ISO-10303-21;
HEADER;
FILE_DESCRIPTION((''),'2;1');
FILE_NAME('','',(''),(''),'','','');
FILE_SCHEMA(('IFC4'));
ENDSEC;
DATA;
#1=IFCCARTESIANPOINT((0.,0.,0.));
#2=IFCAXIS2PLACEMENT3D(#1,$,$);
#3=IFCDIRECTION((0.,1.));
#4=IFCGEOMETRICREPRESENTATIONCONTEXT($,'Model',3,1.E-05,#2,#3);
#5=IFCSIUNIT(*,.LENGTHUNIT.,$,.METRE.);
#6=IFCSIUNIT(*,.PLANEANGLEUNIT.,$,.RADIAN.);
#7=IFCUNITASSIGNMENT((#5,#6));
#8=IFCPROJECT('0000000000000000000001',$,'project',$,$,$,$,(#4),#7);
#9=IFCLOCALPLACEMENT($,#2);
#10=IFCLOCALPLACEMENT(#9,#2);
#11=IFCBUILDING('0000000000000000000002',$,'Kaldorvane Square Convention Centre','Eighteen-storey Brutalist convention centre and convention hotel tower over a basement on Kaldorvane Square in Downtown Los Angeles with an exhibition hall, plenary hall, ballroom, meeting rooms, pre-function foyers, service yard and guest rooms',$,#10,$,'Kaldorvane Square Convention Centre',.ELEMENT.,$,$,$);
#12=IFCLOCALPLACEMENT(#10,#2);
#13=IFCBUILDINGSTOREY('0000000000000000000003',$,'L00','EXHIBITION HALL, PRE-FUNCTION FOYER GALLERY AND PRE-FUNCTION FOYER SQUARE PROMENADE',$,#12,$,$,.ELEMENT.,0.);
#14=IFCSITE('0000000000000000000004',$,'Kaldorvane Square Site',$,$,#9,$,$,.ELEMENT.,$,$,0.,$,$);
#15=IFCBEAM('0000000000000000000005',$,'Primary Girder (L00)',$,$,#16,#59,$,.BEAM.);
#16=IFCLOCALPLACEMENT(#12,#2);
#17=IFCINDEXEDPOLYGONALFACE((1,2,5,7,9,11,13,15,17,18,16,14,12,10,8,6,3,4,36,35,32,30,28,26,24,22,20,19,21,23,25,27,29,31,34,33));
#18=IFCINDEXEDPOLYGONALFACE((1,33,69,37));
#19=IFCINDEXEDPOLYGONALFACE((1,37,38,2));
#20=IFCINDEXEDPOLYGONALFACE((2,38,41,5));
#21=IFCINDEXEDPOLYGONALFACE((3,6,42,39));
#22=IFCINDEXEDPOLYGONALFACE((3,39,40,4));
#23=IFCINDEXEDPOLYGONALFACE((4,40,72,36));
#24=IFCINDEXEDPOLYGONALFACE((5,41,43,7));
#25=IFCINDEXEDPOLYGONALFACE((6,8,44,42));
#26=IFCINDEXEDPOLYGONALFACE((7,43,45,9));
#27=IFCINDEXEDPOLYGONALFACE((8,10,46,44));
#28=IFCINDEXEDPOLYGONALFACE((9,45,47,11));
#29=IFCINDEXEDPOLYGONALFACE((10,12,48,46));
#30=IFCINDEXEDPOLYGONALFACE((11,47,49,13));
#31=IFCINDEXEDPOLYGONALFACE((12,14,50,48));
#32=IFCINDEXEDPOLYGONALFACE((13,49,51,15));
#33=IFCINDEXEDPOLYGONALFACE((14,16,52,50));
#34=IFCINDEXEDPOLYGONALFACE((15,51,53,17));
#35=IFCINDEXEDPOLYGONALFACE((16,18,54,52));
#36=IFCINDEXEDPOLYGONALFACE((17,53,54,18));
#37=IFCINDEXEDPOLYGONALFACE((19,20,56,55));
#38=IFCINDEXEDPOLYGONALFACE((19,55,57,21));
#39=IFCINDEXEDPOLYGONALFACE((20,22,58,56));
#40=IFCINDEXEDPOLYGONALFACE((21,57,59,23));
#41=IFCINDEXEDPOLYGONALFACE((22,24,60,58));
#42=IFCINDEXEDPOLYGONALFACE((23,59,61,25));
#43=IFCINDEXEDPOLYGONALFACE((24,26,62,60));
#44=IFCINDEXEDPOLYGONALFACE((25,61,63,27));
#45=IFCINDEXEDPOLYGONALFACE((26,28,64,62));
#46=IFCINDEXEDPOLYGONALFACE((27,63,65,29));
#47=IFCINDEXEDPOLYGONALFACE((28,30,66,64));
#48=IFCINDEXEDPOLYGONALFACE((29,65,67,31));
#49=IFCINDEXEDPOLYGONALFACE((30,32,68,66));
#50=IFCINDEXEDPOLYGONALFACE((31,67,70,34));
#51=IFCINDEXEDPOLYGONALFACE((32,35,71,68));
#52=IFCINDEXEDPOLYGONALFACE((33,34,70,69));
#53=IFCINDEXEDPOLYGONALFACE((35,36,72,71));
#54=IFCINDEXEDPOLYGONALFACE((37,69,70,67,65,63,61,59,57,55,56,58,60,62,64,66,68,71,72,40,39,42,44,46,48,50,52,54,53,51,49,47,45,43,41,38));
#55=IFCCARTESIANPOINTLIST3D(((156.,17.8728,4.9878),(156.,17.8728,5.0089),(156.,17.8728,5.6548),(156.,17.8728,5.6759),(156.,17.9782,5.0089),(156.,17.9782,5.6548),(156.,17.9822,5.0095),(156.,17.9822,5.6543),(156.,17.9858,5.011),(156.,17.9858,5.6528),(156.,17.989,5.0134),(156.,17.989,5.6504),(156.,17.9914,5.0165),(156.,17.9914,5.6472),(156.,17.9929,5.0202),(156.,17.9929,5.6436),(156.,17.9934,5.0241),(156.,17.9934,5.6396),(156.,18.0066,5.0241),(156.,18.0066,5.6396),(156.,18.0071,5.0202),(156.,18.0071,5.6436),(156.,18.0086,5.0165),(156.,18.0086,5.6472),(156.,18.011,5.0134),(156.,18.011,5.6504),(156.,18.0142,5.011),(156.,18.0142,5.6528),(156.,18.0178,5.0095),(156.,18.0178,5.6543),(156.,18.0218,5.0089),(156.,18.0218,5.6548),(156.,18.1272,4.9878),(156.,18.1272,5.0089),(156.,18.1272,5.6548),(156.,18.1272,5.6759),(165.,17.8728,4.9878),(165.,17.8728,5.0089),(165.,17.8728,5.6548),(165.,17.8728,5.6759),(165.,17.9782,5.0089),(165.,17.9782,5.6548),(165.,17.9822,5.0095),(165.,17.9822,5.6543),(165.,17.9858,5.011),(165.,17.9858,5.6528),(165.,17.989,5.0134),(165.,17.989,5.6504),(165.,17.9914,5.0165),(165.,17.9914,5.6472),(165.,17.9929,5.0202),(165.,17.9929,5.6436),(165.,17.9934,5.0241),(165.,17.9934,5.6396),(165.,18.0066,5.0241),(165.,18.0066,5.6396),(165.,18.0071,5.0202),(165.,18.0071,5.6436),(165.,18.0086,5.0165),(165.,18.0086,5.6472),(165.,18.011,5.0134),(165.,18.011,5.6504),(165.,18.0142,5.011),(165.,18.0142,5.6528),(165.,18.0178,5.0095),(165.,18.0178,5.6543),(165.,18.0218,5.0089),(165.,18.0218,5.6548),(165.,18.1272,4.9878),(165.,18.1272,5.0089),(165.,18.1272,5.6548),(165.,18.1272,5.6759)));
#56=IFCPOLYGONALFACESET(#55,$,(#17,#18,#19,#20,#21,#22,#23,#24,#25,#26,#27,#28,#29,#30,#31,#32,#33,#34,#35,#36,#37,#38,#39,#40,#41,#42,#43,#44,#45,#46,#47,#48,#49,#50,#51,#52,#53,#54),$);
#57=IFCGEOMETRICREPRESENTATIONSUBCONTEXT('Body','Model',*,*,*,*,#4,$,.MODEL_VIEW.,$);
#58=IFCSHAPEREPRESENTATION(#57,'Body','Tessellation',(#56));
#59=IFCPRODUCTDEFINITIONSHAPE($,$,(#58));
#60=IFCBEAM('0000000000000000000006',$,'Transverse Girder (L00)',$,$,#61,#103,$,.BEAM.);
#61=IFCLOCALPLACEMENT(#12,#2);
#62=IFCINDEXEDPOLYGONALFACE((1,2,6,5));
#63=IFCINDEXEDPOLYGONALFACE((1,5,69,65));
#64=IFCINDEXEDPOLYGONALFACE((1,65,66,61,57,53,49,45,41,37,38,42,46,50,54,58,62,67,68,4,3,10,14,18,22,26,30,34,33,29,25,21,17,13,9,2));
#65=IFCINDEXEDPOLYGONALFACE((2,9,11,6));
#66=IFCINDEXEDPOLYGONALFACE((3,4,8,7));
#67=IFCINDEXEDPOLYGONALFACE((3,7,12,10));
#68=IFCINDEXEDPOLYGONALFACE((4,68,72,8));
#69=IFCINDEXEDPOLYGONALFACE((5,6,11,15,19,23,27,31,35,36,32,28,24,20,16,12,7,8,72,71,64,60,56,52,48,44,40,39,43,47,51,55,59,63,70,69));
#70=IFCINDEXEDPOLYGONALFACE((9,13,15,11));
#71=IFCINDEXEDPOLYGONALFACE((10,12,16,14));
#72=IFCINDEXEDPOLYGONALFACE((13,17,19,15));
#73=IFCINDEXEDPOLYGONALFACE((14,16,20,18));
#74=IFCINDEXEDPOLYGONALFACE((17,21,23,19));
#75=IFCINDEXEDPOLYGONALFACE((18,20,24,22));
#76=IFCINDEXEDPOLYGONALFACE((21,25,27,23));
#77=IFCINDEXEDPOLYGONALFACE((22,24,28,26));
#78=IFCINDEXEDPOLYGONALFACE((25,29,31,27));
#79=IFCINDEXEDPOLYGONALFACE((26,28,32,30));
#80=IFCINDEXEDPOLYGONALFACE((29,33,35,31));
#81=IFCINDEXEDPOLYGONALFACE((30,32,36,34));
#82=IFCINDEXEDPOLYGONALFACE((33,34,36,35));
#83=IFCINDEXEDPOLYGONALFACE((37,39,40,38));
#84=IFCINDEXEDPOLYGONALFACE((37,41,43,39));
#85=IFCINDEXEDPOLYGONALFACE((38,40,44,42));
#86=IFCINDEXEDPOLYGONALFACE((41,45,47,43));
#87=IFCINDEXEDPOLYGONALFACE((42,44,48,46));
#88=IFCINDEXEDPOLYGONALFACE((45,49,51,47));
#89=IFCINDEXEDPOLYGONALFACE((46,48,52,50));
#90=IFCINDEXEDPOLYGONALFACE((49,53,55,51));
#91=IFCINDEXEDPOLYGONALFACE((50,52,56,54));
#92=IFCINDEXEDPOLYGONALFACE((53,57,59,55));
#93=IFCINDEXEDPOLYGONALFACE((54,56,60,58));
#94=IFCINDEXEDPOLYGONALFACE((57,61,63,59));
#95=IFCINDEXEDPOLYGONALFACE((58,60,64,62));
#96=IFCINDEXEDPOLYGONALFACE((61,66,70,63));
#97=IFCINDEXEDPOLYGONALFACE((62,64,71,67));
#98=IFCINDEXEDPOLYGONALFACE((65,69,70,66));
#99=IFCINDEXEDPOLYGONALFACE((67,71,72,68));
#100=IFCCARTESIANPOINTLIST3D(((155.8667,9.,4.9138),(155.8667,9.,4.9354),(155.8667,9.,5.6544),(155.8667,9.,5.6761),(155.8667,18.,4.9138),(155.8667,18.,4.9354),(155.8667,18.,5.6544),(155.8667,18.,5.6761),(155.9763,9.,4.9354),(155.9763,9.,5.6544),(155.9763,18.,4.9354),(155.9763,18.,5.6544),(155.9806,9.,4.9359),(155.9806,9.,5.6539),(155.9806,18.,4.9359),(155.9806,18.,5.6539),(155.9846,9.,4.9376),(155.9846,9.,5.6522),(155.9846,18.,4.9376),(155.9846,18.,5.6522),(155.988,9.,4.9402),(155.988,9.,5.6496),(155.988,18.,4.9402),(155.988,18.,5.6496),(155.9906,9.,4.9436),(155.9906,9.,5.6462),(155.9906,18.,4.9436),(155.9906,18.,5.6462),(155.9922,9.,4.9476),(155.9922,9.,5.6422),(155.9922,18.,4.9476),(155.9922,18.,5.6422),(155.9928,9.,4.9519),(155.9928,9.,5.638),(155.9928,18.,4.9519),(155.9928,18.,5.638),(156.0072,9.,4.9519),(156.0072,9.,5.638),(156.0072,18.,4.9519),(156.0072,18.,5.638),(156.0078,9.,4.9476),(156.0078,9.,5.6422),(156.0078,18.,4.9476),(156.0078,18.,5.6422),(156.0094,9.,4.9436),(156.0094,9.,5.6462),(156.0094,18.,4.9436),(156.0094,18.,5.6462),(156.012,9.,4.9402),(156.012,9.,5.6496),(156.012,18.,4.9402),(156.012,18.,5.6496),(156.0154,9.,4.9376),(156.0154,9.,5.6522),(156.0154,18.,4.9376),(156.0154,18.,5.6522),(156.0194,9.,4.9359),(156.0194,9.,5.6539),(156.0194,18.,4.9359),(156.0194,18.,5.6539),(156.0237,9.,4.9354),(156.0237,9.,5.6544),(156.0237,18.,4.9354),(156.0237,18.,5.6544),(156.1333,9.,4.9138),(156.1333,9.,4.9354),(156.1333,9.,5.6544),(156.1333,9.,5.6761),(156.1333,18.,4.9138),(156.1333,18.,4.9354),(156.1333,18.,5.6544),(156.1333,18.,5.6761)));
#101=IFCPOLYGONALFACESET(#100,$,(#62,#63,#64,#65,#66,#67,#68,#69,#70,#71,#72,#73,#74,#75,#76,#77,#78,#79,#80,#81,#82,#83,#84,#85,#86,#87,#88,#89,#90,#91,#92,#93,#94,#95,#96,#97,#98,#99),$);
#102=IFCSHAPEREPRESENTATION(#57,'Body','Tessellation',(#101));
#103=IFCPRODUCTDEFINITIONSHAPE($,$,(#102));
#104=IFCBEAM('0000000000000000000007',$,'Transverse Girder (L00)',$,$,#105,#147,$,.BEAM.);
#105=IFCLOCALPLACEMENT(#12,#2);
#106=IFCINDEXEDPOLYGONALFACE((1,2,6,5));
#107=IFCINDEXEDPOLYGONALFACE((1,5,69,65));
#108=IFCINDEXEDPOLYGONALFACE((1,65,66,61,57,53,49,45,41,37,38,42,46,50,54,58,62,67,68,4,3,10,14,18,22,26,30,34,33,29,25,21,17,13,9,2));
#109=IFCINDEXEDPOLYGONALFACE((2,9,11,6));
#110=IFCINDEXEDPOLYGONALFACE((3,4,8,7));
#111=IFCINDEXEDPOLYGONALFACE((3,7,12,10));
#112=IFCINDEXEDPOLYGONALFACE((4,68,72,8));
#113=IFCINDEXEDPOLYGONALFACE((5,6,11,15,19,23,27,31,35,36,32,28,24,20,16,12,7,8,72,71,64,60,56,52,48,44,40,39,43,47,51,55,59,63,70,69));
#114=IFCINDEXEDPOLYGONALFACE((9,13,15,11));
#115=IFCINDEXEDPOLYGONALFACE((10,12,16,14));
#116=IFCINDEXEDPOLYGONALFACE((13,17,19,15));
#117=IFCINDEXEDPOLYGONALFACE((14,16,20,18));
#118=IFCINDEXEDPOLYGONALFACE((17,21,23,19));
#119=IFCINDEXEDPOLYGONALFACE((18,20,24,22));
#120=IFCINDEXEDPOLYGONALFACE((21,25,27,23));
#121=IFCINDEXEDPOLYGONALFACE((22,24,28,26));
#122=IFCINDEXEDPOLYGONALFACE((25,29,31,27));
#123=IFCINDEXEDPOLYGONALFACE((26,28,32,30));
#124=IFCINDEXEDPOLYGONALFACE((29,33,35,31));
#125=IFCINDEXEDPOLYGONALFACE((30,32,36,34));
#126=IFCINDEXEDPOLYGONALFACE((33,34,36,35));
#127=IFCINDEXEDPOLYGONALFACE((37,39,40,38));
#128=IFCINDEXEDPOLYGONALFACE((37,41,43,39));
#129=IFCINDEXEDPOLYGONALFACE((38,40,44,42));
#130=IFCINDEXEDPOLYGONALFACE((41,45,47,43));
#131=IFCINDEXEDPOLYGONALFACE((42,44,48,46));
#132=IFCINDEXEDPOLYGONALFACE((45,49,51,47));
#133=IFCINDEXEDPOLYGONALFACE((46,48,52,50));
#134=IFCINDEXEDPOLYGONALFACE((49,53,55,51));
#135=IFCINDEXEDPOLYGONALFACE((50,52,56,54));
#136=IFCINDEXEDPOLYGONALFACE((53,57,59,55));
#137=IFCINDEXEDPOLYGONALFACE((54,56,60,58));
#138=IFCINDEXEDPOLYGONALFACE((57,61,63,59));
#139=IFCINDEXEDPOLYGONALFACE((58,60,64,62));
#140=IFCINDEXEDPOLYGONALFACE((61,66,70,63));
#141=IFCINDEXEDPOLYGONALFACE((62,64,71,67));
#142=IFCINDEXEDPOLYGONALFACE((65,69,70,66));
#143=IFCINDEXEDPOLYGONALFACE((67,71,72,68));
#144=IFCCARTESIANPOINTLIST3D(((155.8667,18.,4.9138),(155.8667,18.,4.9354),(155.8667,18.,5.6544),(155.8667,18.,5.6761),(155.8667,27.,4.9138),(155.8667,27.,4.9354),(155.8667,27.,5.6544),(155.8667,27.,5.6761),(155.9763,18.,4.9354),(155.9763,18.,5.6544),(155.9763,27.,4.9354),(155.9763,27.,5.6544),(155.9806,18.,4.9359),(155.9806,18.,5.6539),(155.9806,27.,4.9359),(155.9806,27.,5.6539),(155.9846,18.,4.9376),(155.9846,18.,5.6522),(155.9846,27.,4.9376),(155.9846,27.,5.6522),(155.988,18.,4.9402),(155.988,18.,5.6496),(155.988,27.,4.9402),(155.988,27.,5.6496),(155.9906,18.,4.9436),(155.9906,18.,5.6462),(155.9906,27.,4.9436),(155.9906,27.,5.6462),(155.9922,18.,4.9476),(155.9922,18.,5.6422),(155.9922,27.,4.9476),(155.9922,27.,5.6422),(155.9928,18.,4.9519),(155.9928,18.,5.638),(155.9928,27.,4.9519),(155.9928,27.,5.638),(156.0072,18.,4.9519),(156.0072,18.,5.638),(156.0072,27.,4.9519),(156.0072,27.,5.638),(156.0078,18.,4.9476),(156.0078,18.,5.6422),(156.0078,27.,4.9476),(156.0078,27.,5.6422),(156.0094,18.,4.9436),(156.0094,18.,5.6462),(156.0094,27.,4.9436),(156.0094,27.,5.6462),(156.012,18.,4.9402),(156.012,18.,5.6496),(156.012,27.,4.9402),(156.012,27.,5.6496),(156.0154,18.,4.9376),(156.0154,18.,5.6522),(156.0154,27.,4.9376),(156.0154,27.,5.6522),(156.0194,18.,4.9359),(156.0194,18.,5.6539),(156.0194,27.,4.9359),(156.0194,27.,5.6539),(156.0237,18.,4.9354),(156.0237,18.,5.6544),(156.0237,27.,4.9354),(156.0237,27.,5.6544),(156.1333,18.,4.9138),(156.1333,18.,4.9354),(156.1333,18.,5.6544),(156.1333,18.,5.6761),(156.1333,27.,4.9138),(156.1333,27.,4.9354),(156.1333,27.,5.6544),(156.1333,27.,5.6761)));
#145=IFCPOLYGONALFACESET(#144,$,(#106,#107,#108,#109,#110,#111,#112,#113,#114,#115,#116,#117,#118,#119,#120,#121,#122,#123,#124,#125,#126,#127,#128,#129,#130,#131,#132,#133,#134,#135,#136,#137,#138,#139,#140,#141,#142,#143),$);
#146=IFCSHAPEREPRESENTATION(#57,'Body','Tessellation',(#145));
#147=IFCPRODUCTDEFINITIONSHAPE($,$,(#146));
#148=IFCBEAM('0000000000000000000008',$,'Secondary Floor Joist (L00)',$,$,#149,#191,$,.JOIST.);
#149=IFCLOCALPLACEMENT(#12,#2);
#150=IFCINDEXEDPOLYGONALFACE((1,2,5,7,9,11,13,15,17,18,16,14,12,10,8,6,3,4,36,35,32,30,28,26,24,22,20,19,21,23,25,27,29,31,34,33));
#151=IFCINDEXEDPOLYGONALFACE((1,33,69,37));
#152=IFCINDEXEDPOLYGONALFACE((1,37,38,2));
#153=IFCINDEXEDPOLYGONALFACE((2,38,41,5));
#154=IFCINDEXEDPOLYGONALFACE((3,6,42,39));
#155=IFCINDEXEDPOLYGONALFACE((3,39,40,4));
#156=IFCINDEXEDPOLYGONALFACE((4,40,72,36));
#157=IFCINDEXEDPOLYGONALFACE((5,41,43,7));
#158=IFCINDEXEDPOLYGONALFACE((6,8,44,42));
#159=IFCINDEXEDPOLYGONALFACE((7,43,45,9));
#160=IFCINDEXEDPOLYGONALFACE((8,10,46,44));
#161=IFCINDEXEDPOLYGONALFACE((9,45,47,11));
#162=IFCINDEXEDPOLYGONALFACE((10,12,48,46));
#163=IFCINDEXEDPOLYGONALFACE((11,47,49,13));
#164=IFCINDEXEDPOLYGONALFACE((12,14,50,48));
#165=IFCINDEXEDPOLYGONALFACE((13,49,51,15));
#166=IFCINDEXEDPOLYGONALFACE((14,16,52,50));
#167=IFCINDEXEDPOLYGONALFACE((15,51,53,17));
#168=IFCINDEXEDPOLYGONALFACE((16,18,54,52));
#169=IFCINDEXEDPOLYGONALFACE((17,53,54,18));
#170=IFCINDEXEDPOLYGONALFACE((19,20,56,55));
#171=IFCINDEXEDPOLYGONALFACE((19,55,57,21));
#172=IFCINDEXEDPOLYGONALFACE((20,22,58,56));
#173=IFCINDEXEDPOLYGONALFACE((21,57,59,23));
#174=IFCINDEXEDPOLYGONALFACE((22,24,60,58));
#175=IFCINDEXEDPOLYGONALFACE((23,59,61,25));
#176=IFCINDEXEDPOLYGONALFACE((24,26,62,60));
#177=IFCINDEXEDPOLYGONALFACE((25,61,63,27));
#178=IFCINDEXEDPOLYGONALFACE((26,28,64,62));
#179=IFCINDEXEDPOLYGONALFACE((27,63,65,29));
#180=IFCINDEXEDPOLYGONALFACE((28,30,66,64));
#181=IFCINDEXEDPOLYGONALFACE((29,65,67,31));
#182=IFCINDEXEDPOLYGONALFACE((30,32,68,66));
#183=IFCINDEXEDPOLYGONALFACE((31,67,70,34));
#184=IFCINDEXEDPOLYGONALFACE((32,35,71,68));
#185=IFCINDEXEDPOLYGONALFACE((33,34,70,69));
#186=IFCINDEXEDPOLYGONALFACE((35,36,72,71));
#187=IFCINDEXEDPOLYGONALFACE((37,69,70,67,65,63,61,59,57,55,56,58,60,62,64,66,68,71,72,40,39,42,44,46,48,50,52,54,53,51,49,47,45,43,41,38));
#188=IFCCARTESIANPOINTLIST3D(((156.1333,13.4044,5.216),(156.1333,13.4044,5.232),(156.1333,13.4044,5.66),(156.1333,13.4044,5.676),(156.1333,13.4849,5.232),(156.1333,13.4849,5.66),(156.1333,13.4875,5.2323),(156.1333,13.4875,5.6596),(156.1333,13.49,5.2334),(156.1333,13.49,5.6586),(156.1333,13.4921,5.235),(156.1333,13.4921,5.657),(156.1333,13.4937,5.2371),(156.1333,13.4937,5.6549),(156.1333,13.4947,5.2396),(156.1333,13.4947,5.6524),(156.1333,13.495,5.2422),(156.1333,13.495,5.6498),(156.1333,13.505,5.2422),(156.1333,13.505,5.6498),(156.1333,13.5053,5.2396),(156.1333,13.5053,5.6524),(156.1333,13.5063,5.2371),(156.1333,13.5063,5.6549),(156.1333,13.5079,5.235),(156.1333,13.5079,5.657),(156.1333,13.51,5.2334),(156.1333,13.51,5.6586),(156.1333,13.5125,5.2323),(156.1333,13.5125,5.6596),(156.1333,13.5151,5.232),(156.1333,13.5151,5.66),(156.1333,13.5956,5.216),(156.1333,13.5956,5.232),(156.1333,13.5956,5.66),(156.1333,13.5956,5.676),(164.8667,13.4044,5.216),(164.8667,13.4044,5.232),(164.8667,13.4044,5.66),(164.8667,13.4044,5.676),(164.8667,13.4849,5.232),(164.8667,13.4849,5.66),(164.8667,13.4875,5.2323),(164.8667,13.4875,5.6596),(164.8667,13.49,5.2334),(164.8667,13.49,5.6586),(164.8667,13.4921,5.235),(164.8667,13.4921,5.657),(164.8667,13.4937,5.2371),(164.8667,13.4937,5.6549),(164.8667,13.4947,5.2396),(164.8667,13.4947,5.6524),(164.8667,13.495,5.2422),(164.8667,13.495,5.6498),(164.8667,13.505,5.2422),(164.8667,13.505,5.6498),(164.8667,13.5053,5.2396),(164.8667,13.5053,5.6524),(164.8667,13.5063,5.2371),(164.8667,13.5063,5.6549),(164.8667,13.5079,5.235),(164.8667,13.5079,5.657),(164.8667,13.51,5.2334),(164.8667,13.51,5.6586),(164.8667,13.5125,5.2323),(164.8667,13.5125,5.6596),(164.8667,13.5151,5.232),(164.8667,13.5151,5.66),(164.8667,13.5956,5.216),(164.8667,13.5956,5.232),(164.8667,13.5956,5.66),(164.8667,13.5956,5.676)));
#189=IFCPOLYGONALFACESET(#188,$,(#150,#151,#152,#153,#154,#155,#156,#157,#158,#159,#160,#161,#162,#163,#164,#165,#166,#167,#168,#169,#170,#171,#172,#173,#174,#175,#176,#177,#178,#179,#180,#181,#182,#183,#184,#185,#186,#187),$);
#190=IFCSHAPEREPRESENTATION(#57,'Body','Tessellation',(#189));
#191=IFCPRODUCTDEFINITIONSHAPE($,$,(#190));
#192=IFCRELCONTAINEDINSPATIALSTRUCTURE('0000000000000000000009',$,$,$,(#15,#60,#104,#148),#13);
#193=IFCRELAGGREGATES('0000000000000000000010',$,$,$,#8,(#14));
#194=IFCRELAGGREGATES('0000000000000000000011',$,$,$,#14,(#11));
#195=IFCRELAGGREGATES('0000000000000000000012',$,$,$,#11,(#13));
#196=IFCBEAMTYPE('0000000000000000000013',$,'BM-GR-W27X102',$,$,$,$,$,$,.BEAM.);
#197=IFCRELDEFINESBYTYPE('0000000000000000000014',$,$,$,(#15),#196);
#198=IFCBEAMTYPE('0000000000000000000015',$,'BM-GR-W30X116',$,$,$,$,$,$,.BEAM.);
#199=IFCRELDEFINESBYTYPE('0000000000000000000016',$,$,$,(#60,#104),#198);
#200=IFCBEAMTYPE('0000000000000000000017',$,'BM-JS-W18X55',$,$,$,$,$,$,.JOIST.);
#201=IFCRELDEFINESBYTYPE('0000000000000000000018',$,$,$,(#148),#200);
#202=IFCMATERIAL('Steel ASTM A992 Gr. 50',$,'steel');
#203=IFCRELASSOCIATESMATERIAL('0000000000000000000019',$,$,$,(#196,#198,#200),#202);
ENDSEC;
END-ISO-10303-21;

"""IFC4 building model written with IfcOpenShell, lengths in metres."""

from ifc_helpers import new_model, si_unit, direction, frame, origin, origin_2d, place, context, subcontext, project, spatial, i_section, extrude, material, material_profile, profile_set, type_object, element, save


model = new_model("IFC4")

# Units and contexts
model_context = context("Model", 3, precision=1e-05, world=origin(), true_north=direction((0.0, 1.0)))
body_context = subcontext(model_context, "Body", "Model", "MODEL_VIEW")
ifc_project = project(units=[si_unit("LENGTHUNIT", "METRE"), si_unit("PLANEANGLEUNIT", "RADIAN")], contexts=[model_context])

# Site, building, storey
site_placement = place(None, origin())
site = spatial("IfcSite", under=ifc_project, at=site_placement, Name="Kaldorvane Square Site", CompositionType="ELEMENT", RefElevation=0.0)
building_placement = place(site_placement, origin())
building = spatial("IfcBuilding", under=site, at=building_placement, Name="Kaldorvane Square Convention Centre", Description="Eighteen-storey Brutalist convention centre and convention hotel tower over a basement on Kaldorvane Square in Downtown Los Angeles with an exhibition hall, plenary hall, ballroom, meeting rooms, pre-function foyers, service yard and guest rooms", LongName="Kaldorvane Square Convention Centre", CompositionType="ELEMENT")
storey_placement = place(building_placement, origin())
storey = spatial("IfcBuildingStorey", under=building, at=storey_placement, Name="L00", Description="EXHIBITION HALL, PRE-FUNCTION FOYER GALLERY AND PRE-FUNCTION FOYER SQUARE PROMENADE", CompositionType="ELEMENT", Elevation=0.0)

# Shared definitions
ifc_material_1 = material(Name="Steel ASTM A992 Gr. 50", Category="steel")

# Beams
ifc_material_profile_1 = material_profile(ifc_material_1, i_section(OverallWidth=0.2544, OverallDepth=0.6881, WebThickness=0.0131, FlangeThickness=0.0211, FilletRadius=0.0152, at=origin_2d()), Name="W27X102")
ifc_profile_set_1 = profile_set([ifc_material_profile_1], Name="Steel ASTM A992 Gr. 50")
beam_type_1 = type_object("IfcBeamType", Name="BM-GR-W27X102", PredefinedType="BEAM", material=ifc_profile_set_1)
for number, where, z_axis, x_axis, name in (
    (1, (156.0, 18.0, 5.3319), (1.0, 0.0, 0.0), (0.0, 1.0, 0.0), "Primary Girder (L00)"),
):
    element("IfcBeam", number, at=place(storey_placement, frame(where, z_axis=z_axis, x_axis=x_axis)), inside=storey, type_object=beam_type_1, Name=name, PredefinedType="BEAM", context=body_context, shape_type="SweptSolid", body=[
        extrude(i_section(OverallWidth=0.2544, OverallDepth=0.6881, WebThickness=0.0131, FlangeThickness=0.0211, FilletRadius=0.0152, at=origin_2d()), origin(), (0.0, 0.0, 1.0), 9.0),
    ])
ifc_material_profile_2 = material_profile(ifc_material_1, i_section(OverallWidth=0.2666, OverallDepth=0.7623, WebThickness=0.0144, FlangeThickness=0.0216, FilletRadius=0.0165, at=origin_2d()), Name="W30X116")
ifc_profile_set_2 = profile_set([ifc_material_profile_2], Name="Steel ASTM A992 Gr. 50")
beam_type_2 = type_object("IfcBeamType", Name="BM-GR-W30X116", PredefinedType="BEAM", material=ifc_profile_set_2)
for number, where, z_axis, x_axis, name in (
    (2, (156.0, 9.0, 5.2949), (0.0, 1.0, 0.0), (-1.0, 0.0, 0.0), "Transverse Girder (L00)"),
    (3, (156.0, 18.0, 5.2949), (0.0, 1.0, 0.0), (-1.0, 0.0, 0.0), "Transverse Girder (L00)"),
):
    element("IfcBeam", number, at=place(storey_placement, frame(where, z_axis=z_axis, x_axis=x_axis)), inside=storey, type_object=beam_type_2, Name=name, PredefinedType="BEAM", context=body_context, shape_type="SweptSolid", body=[
        extrude(i_section(OverallWidth=0.2666, OverallDepth=0.7623, WebThickness=0.0144, FlangeThickness=0.0216, FilletRadius=0.0165, at=origin_2d()), origin(), (0.0, 0.0, 1.0), 9.0),
    ])
ifc_material_profile_3 = material_profile(ifc_material_1, i_section(OverallWidth=0.1913, OverallDepth=0.46, WebThickness=0.0099, FlangeThickness=0.016, FilletRadius=0.0102, at=origin_2d()), Name="W18X55")
ifc_profile_set_3 = profile_set([ifc_material_profile_3], Name="Steel ASTM A992 Gr. 50")
beam_type_3 = type_object("IfcBeamType", Name="BM-JS-W18X55", PredefinedType="JOIST", material=ifc_profile_set_3)
beam_1_placement = place(storey_placement, frame((156.1333, 13.5, 5.446), z_axis=(1.0, 0.0, 0.0), x_axis=(0.0, 1.0, 0.0)))
element("IfcBeam", 4, at=beam_1_placement, inside=storey, type_object=beam_type_3, Name="Secondary Floor Joist (L00)", PredefinedType="JOIST", context=body_context, shape_type="SweptSolid", body=[
    extrude(i_section(OverallWidth=0.1913, OverallDepth=0.46, WebThickness=0.0099, FlangeThickness=0.016, FilletRadius=0.0102, at=origin_2d()), origin(), (0.0, 0.0, 1.0), 8.7334),
])

save(model, "model.ifc")
